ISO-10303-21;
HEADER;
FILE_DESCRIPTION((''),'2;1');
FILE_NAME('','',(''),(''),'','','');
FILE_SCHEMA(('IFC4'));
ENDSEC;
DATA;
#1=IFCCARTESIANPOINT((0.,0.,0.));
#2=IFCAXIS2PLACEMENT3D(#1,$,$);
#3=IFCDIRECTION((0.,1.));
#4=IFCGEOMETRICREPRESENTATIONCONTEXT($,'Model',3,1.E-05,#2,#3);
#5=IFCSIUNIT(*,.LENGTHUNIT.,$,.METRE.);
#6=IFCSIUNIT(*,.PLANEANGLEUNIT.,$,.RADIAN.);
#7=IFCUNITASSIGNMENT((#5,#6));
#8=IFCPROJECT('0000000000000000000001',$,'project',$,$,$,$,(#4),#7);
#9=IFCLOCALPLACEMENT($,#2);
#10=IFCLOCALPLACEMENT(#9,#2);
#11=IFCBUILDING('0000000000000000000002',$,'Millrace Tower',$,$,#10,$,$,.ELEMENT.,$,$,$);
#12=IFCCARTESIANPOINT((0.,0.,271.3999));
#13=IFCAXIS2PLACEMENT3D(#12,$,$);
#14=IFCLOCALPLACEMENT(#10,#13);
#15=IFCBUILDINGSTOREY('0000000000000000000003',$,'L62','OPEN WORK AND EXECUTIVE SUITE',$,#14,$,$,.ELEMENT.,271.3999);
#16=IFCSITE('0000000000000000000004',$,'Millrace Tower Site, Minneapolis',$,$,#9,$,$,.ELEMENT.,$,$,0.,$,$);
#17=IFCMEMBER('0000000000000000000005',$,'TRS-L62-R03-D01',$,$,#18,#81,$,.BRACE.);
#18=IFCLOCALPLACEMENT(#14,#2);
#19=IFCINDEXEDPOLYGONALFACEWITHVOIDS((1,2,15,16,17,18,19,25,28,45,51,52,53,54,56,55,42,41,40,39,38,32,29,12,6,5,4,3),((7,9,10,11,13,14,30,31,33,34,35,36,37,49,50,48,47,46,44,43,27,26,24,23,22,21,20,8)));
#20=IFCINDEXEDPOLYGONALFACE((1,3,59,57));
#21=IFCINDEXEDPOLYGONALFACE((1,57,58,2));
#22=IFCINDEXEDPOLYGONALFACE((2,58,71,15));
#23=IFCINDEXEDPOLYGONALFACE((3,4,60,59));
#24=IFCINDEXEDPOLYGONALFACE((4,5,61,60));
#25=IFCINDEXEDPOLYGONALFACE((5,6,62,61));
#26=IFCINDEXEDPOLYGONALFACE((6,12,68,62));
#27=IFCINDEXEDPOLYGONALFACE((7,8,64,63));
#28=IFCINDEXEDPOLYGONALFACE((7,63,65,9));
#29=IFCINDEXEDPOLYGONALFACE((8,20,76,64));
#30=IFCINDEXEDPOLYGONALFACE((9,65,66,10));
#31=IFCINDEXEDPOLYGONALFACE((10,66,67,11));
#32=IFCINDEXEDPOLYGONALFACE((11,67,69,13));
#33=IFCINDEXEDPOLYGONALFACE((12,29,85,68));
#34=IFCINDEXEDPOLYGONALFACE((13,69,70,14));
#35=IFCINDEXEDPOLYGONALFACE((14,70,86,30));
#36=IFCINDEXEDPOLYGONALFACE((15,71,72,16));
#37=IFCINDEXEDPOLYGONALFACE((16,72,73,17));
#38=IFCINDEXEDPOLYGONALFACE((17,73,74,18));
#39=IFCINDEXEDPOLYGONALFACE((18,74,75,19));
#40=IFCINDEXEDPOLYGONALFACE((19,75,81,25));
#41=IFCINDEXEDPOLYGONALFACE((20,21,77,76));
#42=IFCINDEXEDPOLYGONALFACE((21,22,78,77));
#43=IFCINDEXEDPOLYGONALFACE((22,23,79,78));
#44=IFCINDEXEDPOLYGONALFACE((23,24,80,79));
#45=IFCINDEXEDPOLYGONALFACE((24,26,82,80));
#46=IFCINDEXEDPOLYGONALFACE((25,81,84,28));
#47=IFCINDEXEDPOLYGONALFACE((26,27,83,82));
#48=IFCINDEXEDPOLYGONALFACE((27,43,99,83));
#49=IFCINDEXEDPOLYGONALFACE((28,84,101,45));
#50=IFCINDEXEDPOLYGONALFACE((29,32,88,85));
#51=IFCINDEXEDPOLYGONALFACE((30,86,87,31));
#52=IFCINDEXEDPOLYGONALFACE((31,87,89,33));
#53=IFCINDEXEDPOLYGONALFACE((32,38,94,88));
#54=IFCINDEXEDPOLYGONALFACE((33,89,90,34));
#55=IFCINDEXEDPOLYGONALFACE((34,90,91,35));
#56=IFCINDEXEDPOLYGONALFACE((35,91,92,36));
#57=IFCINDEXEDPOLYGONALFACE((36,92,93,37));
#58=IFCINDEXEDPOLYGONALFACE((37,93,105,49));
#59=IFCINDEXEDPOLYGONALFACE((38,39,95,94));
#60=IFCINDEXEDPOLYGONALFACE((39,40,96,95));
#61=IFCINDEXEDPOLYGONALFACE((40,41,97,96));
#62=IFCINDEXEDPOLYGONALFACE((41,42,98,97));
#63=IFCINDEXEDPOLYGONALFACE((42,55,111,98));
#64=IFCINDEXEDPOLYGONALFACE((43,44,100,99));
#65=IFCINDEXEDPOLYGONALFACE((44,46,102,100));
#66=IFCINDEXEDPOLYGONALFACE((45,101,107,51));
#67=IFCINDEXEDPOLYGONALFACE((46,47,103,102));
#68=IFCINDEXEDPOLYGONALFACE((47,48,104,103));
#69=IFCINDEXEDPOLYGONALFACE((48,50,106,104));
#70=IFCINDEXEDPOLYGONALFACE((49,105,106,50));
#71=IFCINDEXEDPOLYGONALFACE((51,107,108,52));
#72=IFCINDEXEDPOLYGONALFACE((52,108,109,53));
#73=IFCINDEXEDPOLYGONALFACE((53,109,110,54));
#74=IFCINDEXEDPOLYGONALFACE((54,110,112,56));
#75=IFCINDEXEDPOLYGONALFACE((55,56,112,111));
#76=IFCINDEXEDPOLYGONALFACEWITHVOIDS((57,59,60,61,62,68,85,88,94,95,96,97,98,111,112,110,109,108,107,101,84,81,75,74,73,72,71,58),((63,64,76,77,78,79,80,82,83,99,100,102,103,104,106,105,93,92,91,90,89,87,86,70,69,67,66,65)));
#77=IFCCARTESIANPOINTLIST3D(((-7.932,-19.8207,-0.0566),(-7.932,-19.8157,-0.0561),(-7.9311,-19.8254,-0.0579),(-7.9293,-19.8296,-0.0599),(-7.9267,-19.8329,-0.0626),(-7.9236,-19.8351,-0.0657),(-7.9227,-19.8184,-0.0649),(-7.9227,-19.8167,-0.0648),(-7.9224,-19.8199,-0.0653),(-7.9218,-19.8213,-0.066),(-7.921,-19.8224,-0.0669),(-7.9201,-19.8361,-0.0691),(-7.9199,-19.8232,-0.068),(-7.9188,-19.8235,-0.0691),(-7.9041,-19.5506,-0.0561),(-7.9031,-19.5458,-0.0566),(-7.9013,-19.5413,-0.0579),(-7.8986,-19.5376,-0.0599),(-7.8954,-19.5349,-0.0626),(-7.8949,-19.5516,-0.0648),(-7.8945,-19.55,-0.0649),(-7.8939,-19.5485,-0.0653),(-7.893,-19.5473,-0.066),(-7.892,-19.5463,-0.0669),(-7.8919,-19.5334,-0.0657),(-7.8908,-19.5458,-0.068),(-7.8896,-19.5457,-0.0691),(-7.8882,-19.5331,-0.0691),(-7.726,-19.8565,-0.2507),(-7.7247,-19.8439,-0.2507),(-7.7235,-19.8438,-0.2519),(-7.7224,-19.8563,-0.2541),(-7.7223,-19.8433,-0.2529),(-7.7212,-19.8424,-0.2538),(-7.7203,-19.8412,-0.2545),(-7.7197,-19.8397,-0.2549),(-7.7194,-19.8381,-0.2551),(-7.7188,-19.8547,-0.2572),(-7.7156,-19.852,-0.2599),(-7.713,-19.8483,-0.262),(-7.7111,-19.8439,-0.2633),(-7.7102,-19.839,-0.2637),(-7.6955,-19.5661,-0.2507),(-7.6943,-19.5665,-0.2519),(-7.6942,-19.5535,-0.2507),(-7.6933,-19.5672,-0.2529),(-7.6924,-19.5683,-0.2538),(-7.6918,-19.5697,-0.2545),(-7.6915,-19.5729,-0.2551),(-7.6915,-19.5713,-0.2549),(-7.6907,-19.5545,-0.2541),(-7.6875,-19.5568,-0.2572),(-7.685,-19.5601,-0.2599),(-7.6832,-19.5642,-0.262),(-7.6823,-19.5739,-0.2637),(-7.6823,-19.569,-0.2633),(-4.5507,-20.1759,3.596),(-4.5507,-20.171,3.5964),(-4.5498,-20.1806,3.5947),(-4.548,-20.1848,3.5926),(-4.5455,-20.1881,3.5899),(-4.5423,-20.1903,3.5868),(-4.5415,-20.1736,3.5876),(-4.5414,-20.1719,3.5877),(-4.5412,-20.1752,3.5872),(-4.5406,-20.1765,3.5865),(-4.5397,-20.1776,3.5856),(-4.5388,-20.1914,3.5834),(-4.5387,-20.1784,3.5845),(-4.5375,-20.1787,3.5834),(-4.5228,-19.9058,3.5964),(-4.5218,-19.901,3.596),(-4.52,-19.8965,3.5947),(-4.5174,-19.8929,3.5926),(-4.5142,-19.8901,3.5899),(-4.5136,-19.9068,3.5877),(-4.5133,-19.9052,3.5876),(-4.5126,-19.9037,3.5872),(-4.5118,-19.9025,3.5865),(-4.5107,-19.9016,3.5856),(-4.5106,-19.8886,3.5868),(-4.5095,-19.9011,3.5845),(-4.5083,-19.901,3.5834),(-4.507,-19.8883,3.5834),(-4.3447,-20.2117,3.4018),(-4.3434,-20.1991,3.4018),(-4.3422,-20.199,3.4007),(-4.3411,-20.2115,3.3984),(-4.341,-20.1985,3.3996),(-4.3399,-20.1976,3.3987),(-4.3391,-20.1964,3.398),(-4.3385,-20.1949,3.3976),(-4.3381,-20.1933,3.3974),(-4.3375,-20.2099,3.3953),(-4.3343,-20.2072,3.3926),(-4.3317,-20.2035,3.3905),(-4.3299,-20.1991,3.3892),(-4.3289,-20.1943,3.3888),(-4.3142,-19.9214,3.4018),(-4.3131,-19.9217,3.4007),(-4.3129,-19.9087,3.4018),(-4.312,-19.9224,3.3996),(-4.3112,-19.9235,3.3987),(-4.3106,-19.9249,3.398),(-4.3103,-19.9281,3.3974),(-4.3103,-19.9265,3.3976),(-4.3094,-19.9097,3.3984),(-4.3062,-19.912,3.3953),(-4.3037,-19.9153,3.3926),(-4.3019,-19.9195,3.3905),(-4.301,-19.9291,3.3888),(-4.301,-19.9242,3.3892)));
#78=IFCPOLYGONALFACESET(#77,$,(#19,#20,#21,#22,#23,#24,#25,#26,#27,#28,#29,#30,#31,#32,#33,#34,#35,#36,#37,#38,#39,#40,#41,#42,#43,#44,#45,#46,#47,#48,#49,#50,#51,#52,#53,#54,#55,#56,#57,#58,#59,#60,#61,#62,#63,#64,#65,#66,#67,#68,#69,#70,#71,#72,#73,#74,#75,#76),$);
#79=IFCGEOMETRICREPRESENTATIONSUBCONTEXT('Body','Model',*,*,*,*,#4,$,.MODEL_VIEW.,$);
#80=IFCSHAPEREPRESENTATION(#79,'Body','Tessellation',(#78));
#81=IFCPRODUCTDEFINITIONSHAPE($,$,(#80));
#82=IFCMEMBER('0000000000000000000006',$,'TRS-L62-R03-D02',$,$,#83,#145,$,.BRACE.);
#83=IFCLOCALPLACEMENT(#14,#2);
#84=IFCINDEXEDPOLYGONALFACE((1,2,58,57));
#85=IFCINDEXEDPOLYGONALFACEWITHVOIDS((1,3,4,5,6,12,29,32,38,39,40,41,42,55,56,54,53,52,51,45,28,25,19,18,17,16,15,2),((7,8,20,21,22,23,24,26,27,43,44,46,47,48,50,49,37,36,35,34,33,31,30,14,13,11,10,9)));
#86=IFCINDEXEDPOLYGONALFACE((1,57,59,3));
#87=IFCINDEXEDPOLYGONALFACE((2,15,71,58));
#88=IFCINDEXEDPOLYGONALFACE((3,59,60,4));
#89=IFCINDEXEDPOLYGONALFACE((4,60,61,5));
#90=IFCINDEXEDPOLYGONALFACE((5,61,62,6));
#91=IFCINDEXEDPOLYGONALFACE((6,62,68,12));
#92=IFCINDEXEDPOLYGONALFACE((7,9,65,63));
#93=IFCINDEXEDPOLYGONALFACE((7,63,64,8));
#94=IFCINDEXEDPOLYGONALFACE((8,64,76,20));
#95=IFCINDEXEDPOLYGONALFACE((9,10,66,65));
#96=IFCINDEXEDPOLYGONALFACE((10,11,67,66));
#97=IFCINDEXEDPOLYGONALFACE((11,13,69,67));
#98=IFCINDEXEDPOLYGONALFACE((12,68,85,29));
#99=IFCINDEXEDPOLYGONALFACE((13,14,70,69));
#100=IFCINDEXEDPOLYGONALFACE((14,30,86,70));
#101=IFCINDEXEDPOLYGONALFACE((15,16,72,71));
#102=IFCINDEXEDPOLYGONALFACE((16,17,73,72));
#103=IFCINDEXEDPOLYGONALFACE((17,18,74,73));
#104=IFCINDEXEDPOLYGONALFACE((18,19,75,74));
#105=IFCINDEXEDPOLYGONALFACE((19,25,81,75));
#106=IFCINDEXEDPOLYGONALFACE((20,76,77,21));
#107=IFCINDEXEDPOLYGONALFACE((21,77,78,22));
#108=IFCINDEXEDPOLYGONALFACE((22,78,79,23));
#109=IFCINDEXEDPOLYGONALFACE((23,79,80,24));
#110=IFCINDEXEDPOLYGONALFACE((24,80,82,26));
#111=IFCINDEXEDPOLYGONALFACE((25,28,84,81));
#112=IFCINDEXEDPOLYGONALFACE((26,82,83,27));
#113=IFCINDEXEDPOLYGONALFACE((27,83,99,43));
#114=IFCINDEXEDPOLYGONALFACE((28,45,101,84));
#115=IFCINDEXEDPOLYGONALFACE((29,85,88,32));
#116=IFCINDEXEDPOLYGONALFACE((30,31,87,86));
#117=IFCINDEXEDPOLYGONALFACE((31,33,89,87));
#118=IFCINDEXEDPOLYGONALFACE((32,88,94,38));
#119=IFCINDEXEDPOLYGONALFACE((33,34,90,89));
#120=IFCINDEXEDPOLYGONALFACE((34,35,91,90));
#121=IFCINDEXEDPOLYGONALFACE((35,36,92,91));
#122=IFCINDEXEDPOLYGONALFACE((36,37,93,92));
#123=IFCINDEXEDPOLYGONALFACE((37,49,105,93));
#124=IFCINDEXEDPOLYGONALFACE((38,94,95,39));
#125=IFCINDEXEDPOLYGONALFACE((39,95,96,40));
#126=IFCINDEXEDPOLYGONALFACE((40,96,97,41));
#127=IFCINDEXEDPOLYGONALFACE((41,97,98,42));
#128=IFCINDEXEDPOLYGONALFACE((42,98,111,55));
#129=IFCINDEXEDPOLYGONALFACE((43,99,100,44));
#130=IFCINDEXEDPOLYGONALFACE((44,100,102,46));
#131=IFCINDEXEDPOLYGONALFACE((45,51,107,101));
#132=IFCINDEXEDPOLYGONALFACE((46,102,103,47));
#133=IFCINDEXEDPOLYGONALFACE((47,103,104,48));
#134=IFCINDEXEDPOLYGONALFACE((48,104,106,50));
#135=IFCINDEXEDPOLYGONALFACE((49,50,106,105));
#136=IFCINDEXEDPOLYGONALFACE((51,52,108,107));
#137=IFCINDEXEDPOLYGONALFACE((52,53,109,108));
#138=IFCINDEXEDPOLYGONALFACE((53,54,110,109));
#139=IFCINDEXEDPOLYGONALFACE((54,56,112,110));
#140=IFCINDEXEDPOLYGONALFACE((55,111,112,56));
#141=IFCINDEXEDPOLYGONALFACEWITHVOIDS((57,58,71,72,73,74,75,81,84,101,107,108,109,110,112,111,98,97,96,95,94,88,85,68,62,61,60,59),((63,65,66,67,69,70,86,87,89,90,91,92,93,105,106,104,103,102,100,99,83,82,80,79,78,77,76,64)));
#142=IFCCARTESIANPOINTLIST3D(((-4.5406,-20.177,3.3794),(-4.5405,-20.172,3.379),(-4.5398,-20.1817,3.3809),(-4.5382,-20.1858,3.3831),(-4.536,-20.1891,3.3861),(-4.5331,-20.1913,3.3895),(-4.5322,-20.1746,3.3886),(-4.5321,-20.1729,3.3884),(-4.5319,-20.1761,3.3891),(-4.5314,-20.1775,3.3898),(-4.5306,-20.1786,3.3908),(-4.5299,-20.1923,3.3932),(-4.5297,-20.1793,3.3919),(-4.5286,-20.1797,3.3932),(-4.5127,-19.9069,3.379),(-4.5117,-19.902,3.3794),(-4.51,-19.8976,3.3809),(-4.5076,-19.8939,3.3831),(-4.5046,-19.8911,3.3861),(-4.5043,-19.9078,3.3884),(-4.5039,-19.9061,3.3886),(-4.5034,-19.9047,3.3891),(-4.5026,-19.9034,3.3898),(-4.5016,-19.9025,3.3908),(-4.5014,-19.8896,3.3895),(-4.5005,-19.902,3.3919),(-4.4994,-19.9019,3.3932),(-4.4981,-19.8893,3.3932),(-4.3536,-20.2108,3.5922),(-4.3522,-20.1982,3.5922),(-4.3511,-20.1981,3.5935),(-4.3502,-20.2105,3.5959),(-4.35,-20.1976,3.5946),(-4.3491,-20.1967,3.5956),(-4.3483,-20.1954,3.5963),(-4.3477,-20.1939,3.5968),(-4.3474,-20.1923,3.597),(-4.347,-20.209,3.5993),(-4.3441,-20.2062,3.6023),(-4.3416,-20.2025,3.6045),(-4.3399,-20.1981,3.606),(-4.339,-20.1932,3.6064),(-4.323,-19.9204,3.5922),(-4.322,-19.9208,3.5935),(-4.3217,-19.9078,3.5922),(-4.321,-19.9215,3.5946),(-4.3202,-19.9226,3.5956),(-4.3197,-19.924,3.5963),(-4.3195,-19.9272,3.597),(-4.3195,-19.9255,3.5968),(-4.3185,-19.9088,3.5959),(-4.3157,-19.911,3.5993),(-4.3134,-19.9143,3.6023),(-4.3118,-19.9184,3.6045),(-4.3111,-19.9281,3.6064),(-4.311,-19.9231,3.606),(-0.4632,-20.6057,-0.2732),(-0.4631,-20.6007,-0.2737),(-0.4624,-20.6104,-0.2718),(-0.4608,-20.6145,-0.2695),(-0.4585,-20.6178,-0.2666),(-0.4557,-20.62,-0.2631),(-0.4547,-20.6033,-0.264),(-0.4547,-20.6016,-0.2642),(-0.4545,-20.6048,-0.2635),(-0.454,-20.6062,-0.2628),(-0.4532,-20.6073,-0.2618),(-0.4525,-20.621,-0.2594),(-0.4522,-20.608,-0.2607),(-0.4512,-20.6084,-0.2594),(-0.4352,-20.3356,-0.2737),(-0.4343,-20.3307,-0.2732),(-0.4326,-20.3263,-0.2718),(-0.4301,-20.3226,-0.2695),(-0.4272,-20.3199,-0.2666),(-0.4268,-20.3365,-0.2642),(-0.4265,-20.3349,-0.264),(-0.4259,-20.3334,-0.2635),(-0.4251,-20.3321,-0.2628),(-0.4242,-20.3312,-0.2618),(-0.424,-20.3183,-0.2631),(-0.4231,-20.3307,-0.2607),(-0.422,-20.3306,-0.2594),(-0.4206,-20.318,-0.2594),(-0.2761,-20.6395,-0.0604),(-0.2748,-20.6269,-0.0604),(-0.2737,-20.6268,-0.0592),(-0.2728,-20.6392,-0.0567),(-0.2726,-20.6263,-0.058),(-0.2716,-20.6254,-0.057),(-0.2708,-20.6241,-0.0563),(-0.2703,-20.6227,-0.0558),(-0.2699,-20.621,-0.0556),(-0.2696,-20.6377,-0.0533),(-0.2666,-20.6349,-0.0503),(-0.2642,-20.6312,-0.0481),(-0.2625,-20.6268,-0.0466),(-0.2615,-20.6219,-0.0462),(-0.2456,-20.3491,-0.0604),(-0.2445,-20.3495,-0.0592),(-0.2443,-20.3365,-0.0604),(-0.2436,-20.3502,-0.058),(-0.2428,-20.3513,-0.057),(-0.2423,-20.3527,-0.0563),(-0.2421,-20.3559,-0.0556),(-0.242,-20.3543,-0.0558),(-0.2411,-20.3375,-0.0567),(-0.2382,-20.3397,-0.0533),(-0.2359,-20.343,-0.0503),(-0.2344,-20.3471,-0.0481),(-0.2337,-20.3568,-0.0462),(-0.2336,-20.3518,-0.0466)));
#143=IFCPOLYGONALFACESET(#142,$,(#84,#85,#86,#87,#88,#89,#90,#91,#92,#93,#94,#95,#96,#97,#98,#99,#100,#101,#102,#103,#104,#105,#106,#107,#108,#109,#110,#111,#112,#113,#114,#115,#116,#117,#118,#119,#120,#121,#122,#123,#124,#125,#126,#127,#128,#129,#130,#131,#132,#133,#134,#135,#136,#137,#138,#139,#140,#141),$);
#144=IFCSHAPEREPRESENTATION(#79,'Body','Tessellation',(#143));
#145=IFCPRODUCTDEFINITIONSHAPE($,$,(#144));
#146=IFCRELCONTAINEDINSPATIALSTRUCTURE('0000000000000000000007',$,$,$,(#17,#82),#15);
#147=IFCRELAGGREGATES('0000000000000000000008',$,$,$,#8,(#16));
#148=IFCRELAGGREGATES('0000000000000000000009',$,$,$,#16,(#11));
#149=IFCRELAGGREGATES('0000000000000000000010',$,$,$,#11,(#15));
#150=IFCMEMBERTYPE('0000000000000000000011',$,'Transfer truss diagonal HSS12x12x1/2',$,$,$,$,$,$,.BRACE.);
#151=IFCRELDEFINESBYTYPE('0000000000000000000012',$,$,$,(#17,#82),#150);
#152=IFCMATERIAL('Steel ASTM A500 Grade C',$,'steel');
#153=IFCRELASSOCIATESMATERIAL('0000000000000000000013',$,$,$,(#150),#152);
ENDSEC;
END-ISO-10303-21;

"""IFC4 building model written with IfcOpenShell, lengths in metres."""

from ifc_helpers import new_model, si_unit, direction, frame, origin, origin_2d, place, context, subcontext, project, spatial, hollow_rectangle, extrude, material, material_profile, profile_set, type_object, element, save


model = new_model("IFC4")

# Units and contexts
model_context = context("Model", 3, precision=1e-05, world=origin(), true_north=direction((0.0, 1.0)))
body_context = subcontext(model_context, "Body", "Model", "MODEL_VIEW")
ifc_project = project(units=[si_unit("LENGTHUNIT", "METRE"), si_unit("PLANEANGLEUNIT", "RADIAN")], contexts=[model_context])

# Site, building, storey
site_placement = place(None, origin())
site = spatial("IfcSite", under=ifc_project, at=site_placement, Name="Millrace Tower Site, Minneapolis", CompositionType="ELEMENT", RefElevation=0.0)
building_placement = place(site_placement, origin())
building = spatial("IfcBuilding", under=site, at=building_placement, Name="Millrace Tower", CompositionType="ELEMENT")
storey_placement = place(building_placement, frame((0.0, 0.0, 271.3999)))
storey = spatial("IfcBuildingStorey", under=building, at=storey_placement, Name="L62", Description="OPEN WORK AND EXECUTIVE SUITE", CompositionType="ELEMENT", Elevation=271.3999)

# Members
ifc_material_1 = material(Name="Steel ASTM A500 Grade C", Category="steel")
ifc_material_profile_1 = material_profile(ifc_material_1, hollow_rectangle(XDim=0.3047, YDim=0.3047, WallThickness=0.0127, InnerFilletRadius=0.0063, OuterFilletRadius=0.019, at=origin_2d()))
ifc_profile_set_1 = profile_set([ifc_material_profile_1], Name="Steel ASTM A500 Grade C")
member_type_1 = type_object("IfcMemberType", Name="Transfer truss diagonal HSS12x12x1/2", PredefinedType="BRACE", material=ifc_profile_set_1)
member_1_placement = place(storey_placement, frame((-7.8071, -19.6948, -0.1599), z_axis=(0.677611, -0.071186, 0.731967), x_axis=(0.104479, 0.994527, 0.0)))
element("IfcMember", 1, at=member_1_placement, inside=storey, type_object=member_type_1, Name="TRS-L62-R03-D01", PredefinedType="BRACE", context=body_context, shape_type="SweptSolid", body=[
    extrude(hollow_rectangle(XDim=0.3047, YDim=0.3047, WallThickness=0.0127, InnerFilletRadius=0.0063, OuterFilletRadius=0.019, at=origin_2d()), origin(), (0.0, 0.0, 1.0), 4.99),
])
member_2_placement = place(storey_placement, frame((-0.3484, -20.4788, -0.1599), z_axis=(-0.742569, 0.078076, 0.665204), x_axis=(-0.104567, -0.994518, 0.0)))
element("IfcMember", 2, at=member_2_placement, inside=storey, type_object=member_type_1, Name="TRS-L62-R03-D02", PredefinedType="BRACE", context=body_context, shape_type="SweptSolid", body=[
    extrude(hollow_rectangle(XDim=0.3047, YDim=0.3047, WallThickness=0.0127, InnerFilletRadius=0.0063, OuterFilletRadius=0.019, at=origin_2d()), origin(), (0.0, 0.0, 1.0), 5.491),
])

save(model, "model.ifc")
